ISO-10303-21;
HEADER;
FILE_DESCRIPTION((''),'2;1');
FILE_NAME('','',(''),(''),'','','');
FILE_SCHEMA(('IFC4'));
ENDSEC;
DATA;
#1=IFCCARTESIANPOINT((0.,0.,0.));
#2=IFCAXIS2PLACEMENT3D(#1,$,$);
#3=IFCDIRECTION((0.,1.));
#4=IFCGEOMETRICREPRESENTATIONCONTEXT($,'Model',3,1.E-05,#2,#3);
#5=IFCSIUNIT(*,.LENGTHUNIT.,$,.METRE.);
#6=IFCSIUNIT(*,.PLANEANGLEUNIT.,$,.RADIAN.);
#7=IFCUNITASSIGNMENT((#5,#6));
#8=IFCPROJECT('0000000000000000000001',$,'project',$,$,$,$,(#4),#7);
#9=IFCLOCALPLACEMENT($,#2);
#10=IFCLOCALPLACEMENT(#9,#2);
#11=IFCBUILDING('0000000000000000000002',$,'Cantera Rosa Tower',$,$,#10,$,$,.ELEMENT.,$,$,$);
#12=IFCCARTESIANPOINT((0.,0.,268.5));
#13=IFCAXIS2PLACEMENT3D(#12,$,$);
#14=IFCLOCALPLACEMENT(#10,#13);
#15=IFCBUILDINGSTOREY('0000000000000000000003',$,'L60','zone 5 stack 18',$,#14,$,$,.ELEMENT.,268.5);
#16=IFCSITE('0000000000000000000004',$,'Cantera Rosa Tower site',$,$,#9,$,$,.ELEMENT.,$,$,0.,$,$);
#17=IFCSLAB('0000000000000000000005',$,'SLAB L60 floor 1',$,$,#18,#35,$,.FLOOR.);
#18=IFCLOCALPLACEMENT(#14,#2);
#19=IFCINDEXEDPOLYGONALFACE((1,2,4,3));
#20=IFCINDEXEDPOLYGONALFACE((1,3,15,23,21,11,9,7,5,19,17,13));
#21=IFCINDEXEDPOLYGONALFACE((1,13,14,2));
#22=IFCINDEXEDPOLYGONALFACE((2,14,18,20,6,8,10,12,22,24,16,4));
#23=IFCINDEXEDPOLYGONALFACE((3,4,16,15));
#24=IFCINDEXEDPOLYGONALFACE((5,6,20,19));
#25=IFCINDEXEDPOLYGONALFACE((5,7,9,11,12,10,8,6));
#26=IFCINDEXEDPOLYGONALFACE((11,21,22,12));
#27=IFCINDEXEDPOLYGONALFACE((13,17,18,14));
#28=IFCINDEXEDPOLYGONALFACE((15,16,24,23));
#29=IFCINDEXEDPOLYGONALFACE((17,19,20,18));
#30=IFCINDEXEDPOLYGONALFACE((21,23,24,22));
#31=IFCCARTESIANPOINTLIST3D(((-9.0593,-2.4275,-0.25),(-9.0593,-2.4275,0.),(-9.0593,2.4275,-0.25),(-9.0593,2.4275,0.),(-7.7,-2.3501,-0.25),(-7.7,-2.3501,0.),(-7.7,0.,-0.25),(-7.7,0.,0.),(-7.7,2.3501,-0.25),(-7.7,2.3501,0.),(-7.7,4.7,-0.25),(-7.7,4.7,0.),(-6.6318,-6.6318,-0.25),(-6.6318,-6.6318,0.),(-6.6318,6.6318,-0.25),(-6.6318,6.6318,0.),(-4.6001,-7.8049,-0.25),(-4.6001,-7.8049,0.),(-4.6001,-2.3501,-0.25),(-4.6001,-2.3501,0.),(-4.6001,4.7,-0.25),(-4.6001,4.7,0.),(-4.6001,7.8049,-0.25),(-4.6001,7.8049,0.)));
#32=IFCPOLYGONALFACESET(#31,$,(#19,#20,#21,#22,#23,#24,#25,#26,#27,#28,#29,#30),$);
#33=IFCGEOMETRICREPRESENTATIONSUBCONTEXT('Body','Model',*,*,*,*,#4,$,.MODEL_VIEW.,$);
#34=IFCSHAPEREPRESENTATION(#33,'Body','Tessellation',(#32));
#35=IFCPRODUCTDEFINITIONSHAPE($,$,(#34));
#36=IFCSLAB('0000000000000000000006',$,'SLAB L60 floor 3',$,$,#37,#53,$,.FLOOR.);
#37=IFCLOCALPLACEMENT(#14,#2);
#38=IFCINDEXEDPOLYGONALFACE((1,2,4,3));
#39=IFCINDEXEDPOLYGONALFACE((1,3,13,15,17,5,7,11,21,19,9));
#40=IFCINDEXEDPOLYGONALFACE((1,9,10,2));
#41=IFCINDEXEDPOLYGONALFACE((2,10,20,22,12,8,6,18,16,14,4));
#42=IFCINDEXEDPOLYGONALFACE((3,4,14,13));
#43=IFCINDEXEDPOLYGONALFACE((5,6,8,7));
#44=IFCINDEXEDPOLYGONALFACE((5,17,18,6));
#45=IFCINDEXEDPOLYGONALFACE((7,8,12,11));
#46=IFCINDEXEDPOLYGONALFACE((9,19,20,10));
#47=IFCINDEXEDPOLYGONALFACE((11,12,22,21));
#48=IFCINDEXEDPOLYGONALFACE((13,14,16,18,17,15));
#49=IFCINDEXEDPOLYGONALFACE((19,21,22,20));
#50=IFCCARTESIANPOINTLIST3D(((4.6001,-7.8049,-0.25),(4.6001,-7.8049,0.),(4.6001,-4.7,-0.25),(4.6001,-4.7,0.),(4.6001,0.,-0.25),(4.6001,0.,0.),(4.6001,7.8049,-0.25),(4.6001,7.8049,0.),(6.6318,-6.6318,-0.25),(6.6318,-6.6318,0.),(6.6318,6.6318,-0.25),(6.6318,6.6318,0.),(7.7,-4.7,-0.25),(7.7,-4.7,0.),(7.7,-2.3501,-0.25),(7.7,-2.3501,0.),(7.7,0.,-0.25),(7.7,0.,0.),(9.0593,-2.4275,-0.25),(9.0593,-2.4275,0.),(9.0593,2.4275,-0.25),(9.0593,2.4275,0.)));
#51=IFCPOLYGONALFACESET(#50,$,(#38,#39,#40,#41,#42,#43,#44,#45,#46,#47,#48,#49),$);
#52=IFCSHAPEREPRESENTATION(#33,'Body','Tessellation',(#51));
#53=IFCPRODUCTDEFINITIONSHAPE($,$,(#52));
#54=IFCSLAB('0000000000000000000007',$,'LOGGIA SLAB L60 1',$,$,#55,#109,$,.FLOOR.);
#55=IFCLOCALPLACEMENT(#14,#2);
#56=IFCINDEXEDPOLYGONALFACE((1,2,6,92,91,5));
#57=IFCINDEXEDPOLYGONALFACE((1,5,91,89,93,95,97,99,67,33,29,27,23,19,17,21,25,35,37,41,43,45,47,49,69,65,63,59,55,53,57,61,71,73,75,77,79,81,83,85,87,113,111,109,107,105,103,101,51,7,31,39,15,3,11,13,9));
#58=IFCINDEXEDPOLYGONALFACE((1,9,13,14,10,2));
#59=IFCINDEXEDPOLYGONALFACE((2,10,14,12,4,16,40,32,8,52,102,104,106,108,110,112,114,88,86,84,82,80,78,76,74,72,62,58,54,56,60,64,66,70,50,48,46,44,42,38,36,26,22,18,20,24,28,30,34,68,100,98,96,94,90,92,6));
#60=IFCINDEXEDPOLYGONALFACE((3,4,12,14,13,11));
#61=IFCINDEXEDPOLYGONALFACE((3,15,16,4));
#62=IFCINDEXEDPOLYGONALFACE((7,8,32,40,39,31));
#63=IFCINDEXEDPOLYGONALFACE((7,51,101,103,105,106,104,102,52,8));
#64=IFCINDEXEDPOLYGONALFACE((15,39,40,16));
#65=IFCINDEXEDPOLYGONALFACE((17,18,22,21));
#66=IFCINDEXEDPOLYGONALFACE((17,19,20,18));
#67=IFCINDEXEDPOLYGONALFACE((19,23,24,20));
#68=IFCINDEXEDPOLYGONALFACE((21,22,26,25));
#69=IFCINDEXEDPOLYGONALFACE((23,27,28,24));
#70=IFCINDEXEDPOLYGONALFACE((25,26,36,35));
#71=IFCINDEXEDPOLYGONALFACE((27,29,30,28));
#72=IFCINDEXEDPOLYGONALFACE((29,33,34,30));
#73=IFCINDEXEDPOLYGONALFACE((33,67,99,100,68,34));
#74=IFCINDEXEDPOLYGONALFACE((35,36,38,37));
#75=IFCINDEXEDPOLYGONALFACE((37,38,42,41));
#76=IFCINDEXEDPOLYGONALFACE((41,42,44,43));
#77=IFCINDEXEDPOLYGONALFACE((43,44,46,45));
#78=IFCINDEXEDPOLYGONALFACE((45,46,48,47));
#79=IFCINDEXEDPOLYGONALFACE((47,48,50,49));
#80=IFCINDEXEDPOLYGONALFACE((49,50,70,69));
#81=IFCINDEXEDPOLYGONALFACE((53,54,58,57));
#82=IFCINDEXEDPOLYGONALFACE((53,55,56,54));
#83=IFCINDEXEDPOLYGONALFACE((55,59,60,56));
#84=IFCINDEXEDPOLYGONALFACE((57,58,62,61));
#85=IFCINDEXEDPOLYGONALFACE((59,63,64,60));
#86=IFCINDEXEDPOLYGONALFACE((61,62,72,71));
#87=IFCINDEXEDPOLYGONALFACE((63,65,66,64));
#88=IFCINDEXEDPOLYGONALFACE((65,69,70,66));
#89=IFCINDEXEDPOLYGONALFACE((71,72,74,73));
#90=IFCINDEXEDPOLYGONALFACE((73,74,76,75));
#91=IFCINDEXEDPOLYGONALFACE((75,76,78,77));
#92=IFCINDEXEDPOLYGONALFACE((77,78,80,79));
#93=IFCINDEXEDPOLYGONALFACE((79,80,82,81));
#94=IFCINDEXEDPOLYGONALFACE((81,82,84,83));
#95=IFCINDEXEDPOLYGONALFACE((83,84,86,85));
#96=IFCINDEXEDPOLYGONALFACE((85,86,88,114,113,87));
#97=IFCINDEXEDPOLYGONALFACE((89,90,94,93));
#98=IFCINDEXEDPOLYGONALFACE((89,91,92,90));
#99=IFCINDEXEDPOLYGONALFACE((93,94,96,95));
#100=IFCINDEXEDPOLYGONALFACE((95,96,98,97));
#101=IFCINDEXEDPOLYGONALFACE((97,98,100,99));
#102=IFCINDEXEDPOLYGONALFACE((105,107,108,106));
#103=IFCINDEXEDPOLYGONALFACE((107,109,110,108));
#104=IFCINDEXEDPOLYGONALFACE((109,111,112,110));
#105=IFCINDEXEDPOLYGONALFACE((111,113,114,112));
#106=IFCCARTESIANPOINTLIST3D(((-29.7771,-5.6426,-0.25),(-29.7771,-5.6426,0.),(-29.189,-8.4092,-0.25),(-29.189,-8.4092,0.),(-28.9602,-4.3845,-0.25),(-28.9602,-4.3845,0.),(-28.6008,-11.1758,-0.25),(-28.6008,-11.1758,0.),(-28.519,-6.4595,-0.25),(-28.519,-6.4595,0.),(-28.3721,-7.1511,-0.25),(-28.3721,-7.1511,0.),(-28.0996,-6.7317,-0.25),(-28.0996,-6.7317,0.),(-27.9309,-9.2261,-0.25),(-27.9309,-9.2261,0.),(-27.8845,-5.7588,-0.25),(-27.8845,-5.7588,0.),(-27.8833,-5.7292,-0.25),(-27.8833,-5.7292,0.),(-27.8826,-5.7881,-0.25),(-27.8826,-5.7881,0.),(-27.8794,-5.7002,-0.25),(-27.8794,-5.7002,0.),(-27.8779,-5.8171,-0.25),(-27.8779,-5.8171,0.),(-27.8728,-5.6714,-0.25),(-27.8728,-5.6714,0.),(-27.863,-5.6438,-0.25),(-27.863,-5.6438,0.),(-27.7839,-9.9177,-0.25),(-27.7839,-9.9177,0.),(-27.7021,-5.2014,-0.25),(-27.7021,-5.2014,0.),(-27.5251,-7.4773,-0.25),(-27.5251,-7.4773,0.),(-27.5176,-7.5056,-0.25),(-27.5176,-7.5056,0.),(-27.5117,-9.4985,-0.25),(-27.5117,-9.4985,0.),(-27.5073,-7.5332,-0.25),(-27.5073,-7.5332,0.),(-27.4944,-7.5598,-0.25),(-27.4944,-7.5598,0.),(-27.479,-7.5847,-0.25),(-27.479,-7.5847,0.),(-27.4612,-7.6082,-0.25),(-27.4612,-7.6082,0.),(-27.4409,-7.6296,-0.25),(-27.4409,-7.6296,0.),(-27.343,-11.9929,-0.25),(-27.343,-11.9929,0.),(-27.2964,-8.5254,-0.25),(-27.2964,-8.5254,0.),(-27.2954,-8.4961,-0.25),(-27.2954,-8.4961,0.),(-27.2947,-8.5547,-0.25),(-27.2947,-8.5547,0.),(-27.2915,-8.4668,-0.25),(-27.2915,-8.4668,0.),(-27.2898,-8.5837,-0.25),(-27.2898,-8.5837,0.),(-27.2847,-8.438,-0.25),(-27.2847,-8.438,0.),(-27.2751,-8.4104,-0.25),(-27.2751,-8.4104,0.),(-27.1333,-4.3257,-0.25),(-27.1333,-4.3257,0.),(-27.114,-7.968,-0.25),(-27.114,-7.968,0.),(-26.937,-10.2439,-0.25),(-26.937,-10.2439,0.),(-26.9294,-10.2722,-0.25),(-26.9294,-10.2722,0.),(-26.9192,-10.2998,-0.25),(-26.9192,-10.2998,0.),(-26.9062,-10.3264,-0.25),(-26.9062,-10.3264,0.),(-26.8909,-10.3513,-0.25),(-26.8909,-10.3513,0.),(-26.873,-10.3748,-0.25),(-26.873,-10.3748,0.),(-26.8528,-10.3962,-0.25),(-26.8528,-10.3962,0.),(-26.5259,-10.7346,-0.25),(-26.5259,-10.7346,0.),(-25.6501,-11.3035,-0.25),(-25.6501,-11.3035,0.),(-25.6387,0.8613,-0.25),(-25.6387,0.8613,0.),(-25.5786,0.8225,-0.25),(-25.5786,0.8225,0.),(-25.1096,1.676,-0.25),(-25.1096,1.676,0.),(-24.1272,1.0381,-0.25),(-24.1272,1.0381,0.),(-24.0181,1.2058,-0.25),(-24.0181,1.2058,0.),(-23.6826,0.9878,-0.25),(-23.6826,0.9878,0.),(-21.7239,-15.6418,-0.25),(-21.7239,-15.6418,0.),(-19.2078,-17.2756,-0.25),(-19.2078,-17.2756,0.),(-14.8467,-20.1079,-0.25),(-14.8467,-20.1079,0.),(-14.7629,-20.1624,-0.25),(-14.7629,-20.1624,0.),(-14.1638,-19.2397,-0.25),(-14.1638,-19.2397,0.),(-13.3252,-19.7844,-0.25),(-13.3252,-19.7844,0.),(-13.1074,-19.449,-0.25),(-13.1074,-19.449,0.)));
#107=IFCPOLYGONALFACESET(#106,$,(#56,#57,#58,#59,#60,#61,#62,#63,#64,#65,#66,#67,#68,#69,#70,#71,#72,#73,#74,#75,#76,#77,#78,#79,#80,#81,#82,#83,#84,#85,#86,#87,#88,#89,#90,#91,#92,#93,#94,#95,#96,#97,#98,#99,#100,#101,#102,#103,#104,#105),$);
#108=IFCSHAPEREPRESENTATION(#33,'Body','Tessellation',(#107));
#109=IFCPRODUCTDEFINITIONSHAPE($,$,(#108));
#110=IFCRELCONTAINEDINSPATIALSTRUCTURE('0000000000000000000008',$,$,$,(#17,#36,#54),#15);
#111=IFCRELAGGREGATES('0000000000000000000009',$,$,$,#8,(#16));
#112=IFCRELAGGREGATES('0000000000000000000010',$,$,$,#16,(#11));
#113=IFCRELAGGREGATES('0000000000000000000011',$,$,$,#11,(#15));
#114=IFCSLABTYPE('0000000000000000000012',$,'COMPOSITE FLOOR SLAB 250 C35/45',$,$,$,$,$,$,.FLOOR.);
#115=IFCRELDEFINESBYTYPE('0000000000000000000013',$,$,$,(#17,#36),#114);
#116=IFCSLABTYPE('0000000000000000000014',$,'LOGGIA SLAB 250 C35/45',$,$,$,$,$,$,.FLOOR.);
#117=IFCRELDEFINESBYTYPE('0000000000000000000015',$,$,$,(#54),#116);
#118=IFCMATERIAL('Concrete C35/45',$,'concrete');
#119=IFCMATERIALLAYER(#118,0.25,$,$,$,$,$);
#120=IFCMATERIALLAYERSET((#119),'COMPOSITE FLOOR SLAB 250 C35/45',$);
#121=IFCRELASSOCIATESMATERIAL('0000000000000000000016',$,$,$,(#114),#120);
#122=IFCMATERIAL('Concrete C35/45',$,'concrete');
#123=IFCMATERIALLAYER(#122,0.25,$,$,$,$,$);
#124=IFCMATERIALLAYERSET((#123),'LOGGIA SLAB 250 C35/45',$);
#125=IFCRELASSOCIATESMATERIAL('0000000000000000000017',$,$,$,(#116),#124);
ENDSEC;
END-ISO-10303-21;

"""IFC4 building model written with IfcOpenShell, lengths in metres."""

from ifc_helpers import new_model, si_unit, direction, frame, origin, place, context, subcontext, project, spatial, polyline, outline, extrude, material, layer, layer_set, type_object, element, save


model = new_model("IFC4")

# Units and contexts
model_context = context("Model", 3, precision=1e-05, world=origin(), true_north=direction((0.0, 1.0)))
body_context = subcontext(model_context, "Body", "Model", "MODEL_VIEW")
ifc_project = project(units=[si_unit("LENGTHUNIT", "METRE"), si_unit("PLANEANGLEUNIT", "RADIAN")], contexts=[model_context])

# Site, building, storey
site_placement = place(None, origin())
site = spatial("IfcSite", under=ifc_project, at=site_placement, Name="Cantera Rosa Tower site", CompositionType="ELEMENT", RefElevation=0.0)
building_placement = place(site_placement, origin())
building = spatial("IfcBuilding", under=site, at=building_placement, Name="Cantera Rosa Tower", CompositionType="ELEMENT")
storey_placement = place(building_placement, frame((0.0, 0.0, 268.5)))
storey = spatial("IfcBuildingStorey", under=building, at=storey_placement, Name="L60", Description="zone 5 stack 18", CompositionType="ELEMENT", Elevation=268.5)

# Slabs
ifc_material_1 = material(Name="Concrete C35/45", Category="concrete")
ifc_layer_1 = layer(ifc_material_1, 0.25)
ifc_layer_set_1 = layer_set([ifc_layer_1], Name="COMPOSITE FLOOR SLAB 250 C35/45")
slab_type_1 = type_object("IfcSlabType", Name="COMPOSITE FLOOR SLAB 250 C35/45", PredefinedType="FLOOR", material=ifc_layer_set_1)
slab_1_placement = place(storey_placement, frame((0.0, 0.0, -0.25)))
element("IfcSlab", 1, at=slab_1_placement, inside=storey, type_object=slab_type_1, Name="SLAB L60 floor 1", PredefinedType="FLOOR", context=body_context, shape_type="SweptSolid", body=[
    extrude(outline(polyline([(-7.7, -2.3501), (-4.6001, -2.3501), (-4.6001, -7.8049), (-6.6318, -6.6318), (-9.0593, -2.4275), (-9.0593, 2.4275), (-6.6318, 6.6318), (-4.6001, 7.8049), (-4.6001, 4.7), (-7.7, 4.7), (-7.7, 2.3501), (-7.7, 0.0), (-7.7, -2.3501)])), origin(), (0.0, 0.0, 1.0), 0.25),
])
slab_2_placement = place(storey_placement, frame((0.0, 0.0, -0.25)))
element("IfcSlab", 2, at=slab_2_placement, inside=storey, type_object=slab_type_1, Name="SLAB L60 floor 3", PredefinedType="FLOOR", context=body_context, shape_type="SweptSolid", body=[
    extrude(outline(polyline([(7.7, 0.0), (4.6001, 0.0), (4.6001, 7.8049), (6.6318, 6.6318), (9.0593, 2.4275), (9.0593, -2.4275), (6.6318, -6.6318), (4.6001, -7.8049), (4.6001, -4.7), (7.7, -4.7), (7.7, -2.3501), (7.7, 0.0)])), origin(), (0.0, 0.0, 1.0), 0.25),
])
ifc_material_2 = material(Name="Concrete C35/45", Category="concrete")
ifc_layer_2 = layer(ifc_material_2, 0.25)
ifc_layer_set_2 = layer_set([ifc_layer_2], Name="LOGGIA SLAB 250 C35/45")
slab_type_2 = type_object("IfcSlabType", Name="LOGGIA SLAB 250 C35/45", PredefinedType="FLOOR", material=ifc_layer_set_2)
slab_3_placement = place(storey_placement, frame((0.0, 0.0, -0.25)))
element("IfcSlab", 3, at=slab_3_placement, inside=storey, type_object=slab_type_2, Name="LOGGIA SLAB L60 1", PredefinedType="FLOOR", context=body_context, shape_type="SweptSolid", body=[
    extrude(outline(polyline([(-21.7239, -15.6418), (-27.343, -11.9929), (-28.6008, -11.1758), (-27.7839, -9.9177), (-27.5117, -9.4985), (-27.9309, -9.2261), (-29.189, -8.4092), (-28.3721, -7.1511), (-28.0996, -6.7317), (-28.519, -6.4595), (-29.7771, -5.6426), (-28.9602, -4.3845), (-25.5786, 0.8225), (-25.6387, 0.8613), (-25.1096, 1.676), (-24.1272, 1.0381), (-24.0181, 1.2058), (-23.6826, 0.9878), (-27.1333, -4.3257), (-27.7021, -5.2014), (-27.863, -5.6438), (-27.8728, -5.6714), (-27.8794, -5.7002), (-27.8833, -5.7292), (-27.8845, -5.7588), (-27.8826, -5.7881), (-27.8779, -5.8171), (-27.5251, -7.4773), (-27.5176, -7.5056), (-27.5073, -7.5332), (-27.4944, -7.5598), (-27.479, -7.5847), (-27.4612, -7.6082), (-27.4409, -7.6296), (-27.114, -7.968), (-27.2751, -8.4104), (-27.2847, -8.438), (-27.2915, -8.4668), (-27.2954, -8.4961), (-27.2964, -8.5254), (-27.2947, -8.5547), (-27.2898, -8.5837), (-26.937, -10.2439), (-26.9294, -10.2722), (-26.9192, -10.2998), (-26.9062, -10.3264), (-26.8909, -10.3513), (-26.873, -10.3748), (-26.8528, -10.3962), (-26.5259, -10.7346), (-25.6501, -11.3035), (-13.1074, -19.449), (-13.3252, -19.7844), (-14.1638, -19.2397), (-14.7629, -20.1624), (-14.8467, -20.1079), (-19.2078, -17.2756), (-21.7239, -15.6418)])), origin(), (0.0, 0.0, 1.0), 0.25),
])

save(model, "model.ifc")
